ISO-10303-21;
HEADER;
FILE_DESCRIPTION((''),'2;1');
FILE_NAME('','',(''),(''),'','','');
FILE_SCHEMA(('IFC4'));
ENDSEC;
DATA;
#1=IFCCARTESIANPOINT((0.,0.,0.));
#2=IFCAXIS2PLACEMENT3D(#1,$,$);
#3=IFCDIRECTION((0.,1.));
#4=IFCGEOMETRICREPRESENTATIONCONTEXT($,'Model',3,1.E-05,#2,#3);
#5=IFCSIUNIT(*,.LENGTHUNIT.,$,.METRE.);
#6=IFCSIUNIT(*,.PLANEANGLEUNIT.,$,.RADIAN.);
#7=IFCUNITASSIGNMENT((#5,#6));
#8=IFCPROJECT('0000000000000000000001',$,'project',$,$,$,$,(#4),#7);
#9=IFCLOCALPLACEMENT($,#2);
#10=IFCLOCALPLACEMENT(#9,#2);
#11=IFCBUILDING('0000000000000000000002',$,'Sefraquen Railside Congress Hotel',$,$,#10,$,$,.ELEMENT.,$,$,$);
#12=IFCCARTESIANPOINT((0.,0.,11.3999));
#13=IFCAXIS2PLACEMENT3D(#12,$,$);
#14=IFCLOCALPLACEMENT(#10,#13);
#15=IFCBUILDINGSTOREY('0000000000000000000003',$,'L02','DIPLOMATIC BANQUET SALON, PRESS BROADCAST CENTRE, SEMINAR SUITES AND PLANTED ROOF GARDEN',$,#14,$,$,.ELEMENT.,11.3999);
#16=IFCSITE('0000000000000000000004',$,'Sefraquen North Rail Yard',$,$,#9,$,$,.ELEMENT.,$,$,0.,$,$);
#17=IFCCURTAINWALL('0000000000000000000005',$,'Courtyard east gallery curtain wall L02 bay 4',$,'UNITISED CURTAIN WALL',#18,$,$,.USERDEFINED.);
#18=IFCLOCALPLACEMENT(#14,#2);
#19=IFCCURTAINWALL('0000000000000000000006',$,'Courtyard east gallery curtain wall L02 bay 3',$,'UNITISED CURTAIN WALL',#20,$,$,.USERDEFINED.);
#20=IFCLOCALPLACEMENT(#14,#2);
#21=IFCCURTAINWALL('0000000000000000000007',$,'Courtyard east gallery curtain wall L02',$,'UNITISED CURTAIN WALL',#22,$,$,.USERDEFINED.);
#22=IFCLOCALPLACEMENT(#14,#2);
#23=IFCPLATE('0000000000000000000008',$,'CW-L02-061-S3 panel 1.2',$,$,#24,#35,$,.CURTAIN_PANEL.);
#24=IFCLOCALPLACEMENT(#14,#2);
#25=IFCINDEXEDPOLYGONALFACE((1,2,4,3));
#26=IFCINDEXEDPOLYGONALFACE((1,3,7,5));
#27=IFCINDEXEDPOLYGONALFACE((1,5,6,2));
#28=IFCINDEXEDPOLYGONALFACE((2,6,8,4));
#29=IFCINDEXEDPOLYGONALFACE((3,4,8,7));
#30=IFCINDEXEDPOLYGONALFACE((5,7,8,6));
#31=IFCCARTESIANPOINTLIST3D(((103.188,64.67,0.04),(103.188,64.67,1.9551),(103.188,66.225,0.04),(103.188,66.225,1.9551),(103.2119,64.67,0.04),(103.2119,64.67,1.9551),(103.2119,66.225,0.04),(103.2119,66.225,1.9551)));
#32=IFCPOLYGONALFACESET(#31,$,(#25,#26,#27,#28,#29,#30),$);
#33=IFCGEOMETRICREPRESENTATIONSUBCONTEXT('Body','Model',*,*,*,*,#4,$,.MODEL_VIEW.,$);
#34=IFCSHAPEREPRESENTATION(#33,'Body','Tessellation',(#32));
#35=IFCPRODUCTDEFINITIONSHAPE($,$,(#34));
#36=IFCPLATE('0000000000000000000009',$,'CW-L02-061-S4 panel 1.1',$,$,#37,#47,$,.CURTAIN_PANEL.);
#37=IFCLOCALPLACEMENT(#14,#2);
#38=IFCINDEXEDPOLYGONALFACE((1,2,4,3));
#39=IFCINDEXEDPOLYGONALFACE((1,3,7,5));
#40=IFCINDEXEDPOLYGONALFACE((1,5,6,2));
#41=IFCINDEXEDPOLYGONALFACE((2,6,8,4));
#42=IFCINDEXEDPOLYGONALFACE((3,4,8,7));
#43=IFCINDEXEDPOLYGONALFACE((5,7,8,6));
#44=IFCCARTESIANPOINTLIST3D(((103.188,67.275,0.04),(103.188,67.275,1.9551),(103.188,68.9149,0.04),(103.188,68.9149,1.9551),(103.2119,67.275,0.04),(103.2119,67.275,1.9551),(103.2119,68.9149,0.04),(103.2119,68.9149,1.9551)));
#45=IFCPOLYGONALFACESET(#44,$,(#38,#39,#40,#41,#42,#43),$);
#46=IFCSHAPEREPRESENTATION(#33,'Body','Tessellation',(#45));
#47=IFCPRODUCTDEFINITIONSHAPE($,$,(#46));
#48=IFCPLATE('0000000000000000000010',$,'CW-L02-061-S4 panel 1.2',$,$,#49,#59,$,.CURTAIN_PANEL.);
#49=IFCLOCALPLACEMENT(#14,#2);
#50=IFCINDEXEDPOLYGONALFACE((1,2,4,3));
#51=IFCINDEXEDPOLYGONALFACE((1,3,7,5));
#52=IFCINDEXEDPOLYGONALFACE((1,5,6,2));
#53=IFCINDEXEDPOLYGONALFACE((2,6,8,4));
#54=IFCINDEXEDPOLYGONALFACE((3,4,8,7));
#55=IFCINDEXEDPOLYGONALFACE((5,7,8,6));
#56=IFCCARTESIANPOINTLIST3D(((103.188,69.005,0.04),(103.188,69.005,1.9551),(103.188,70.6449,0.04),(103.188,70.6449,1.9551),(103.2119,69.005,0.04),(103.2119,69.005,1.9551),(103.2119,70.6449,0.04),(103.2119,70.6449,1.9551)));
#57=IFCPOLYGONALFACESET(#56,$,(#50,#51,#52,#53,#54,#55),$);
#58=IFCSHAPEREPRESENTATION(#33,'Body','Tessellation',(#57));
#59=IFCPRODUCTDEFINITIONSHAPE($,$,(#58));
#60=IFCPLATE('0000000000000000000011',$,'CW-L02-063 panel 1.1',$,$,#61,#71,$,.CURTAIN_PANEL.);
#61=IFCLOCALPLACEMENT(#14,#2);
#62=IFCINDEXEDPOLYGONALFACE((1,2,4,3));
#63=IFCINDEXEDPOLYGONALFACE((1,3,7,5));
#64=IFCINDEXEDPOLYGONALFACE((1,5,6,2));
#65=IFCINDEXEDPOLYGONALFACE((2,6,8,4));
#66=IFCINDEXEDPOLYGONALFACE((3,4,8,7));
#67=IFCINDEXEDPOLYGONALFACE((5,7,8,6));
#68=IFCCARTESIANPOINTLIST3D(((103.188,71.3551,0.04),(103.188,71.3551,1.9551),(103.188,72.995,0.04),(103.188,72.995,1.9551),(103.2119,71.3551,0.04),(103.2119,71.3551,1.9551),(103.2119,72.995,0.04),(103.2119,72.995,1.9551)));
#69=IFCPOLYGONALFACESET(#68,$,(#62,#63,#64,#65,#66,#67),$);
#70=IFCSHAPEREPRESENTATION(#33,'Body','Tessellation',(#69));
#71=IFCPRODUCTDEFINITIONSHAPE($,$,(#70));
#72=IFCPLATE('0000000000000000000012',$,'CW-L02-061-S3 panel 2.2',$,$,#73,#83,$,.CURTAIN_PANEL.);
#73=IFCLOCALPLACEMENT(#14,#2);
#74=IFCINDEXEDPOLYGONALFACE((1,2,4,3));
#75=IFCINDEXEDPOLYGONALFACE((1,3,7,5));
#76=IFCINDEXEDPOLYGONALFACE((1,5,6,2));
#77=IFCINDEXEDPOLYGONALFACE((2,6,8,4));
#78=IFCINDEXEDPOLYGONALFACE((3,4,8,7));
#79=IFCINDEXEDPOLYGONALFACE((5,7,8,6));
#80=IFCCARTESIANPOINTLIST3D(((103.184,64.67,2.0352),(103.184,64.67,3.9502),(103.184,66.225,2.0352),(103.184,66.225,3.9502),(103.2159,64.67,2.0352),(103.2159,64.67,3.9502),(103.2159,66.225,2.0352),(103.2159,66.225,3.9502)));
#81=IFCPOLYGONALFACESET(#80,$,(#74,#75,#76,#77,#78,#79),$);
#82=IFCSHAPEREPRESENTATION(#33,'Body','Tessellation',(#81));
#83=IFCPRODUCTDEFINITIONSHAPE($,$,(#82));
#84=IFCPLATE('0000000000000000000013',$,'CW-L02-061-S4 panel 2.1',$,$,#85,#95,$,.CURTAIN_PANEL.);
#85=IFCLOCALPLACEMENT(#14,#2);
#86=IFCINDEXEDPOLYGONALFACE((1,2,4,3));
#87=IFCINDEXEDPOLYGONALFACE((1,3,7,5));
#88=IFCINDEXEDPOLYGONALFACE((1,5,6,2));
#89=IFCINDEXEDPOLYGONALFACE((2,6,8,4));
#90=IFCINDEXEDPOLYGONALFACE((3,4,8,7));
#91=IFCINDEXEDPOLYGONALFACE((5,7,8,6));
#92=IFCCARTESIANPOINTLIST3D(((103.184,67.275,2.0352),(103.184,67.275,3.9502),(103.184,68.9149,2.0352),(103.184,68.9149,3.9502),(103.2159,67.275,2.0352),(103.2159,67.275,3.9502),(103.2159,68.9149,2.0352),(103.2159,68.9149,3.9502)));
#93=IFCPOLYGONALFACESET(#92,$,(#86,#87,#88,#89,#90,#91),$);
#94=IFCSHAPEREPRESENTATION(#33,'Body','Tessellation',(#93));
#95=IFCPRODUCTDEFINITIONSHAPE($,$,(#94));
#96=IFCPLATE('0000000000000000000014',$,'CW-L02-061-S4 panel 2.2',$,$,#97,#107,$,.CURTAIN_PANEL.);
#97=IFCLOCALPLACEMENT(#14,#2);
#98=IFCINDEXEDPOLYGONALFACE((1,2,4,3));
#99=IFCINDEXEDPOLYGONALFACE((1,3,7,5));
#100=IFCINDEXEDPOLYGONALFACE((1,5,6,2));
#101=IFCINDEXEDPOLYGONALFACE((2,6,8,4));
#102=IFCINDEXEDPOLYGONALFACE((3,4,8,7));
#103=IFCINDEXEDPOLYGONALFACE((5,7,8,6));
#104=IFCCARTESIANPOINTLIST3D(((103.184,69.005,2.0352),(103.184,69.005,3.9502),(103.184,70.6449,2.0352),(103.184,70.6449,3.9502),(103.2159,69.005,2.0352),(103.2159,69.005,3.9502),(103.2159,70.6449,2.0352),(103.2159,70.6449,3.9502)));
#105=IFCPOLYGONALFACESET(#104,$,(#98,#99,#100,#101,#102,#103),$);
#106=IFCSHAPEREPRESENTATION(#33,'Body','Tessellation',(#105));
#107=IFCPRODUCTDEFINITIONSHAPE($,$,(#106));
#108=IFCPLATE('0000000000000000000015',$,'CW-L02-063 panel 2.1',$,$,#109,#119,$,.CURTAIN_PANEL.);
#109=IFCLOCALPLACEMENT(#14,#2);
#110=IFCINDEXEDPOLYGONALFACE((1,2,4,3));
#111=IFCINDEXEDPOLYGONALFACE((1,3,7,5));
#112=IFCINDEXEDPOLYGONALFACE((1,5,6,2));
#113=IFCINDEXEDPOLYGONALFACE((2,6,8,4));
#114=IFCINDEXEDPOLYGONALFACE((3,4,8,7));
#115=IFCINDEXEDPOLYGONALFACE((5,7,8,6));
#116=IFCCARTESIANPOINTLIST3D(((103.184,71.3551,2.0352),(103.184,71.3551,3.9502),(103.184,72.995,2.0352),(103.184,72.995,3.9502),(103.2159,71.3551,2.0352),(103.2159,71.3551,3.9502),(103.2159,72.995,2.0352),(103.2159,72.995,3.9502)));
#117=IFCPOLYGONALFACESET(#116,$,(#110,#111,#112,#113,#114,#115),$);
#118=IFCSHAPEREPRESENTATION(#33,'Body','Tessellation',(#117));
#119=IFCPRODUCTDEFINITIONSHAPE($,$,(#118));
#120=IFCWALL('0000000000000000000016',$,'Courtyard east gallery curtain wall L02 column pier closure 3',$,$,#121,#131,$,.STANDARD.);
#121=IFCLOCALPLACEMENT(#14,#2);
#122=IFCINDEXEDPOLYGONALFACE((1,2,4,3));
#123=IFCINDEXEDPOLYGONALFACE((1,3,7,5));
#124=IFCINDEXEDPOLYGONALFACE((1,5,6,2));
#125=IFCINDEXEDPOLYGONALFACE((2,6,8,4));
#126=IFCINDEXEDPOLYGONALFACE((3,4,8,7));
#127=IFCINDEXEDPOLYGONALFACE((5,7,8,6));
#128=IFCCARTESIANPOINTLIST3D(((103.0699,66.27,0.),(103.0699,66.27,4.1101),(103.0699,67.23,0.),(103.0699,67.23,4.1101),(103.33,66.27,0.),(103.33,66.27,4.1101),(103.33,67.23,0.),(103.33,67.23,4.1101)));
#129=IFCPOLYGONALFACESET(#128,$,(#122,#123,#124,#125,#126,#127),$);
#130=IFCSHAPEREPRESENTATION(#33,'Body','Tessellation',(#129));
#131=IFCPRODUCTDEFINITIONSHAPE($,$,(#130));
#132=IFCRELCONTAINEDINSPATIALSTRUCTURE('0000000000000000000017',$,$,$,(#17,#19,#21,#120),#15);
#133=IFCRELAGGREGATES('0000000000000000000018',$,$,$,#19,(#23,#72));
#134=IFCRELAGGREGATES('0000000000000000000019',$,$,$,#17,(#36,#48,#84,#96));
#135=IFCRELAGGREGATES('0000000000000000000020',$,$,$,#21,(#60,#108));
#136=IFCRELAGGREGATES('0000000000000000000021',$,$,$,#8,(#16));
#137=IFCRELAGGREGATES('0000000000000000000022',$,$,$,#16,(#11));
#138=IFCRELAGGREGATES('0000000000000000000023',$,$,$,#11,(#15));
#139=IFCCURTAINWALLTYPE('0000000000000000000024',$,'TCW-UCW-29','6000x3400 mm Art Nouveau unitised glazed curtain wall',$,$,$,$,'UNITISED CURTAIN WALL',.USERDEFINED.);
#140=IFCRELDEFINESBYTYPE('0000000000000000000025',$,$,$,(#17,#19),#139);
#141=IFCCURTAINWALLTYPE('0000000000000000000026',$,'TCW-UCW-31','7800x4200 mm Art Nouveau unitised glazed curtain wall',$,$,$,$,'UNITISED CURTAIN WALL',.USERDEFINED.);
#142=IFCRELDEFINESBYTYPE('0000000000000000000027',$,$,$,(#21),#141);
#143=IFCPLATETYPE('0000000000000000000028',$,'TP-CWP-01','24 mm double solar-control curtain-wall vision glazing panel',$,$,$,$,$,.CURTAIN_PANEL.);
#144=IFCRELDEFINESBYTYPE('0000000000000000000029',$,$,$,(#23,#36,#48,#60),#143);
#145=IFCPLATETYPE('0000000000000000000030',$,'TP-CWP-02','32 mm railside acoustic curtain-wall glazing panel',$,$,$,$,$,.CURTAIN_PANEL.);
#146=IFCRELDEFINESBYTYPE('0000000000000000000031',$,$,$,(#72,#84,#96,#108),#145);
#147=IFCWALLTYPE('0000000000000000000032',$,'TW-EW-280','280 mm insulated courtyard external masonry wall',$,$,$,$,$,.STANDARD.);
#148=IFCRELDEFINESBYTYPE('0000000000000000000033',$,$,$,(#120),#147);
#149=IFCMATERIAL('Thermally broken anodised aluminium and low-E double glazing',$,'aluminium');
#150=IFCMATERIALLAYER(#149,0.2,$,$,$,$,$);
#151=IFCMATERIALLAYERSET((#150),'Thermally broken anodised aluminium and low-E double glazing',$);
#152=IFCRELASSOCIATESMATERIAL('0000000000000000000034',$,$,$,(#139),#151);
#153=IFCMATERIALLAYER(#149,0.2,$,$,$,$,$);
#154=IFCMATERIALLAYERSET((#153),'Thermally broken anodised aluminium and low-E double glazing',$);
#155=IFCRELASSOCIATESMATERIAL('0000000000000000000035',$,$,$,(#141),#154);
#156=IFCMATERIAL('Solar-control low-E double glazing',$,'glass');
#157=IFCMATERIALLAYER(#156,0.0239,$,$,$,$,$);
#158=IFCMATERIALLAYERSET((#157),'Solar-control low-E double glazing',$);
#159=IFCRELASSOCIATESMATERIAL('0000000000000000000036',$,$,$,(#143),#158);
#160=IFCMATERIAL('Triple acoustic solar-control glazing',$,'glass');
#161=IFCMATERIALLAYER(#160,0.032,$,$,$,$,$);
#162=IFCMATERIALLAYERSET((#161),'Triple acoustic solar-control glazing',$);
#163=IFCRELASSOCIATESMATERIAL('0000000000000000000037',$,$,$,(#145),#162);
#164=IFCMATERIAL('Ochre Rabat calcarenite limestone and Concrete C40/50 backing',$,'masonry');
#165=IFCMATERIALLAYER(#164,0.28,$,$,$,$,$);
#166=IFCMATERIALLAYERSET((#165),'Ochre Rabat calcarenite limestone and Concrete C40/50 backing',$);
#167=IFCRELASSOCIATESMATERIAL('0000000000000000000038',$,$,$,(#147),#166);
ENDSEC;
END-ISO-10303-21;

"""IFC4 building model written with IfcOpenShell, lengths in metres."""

from ifc_helpers import new_model, si_unit, direction, frame, frame_2d, origin, origin_2d, place, context, subcontext, project, spatial, rectangle, extrude, material, layer, layer_set, type_object, element, aggregate, save


model = new_model("IFC4")

# Units and contexts
model_context = context("Model", 3, precision=1e-05, world=origin(), true_north=direction((0.0, 1.0)))
body_context = subcontext(model_context, "Body", "Model", "MODEL_VIEW")
ifc_project = project(units=[si_unit("LENGTHUNIT", "METRE"), si_unit("PLANEANGLEUNIT", "RADIAN")], contexts=[model_context])

# Site, building, storey
site_placement = place(None, origin())
site = spatial("IfcSite", under=ifc_project, at=site_placement, Name="Sefraquen North Rail Yard", CompositionType="ELEMENT", RefElevation=0.0)
building_placement = place(site_placement, origin())
building = spatial("IfcBuilding", under=site, at=building_placement, Name="Sefraquen Railside Congress Hotel", CompositionType="ELEMENT")
storey_placement = place(building_placement, frame((0.0, 0.0, 11.3999)))
storey = spatial("IfcBuildingStorey", under=building, at=storey_placement, Name="L02", Description="DIPLOMATIC BANQUET SALON, PRESS BROADCAST CENTRE, SEMINAR SUITES AND PLANTED ROOF GARDEN", CompositionType="ELEMENT", Elevation=11.3999)

# Curtain walls
ifc_material_1 = material(Name="Thermally broken anodised aluminium and low-E double glazing", Category="aluminium")
ifc_layer_1 = layer(ifc_material_1, 0.2)
ifc_layer_set_1 = layer_set([ifc_layer_1], Name="Thermally broken anodised aluminium and low-E double glazing")
curtain_wall_type_1 = type_object("IfcCurtainWallType", Name="TCW-UCW-29", Description="6000x3400 mm Art Nouveau unitised glazed curtain wall", ElementType="UNITISED CURTAIN WALL", PredefinedType="USERDEFINED", material=ifc_layer_set_1)
curtain_wall_1_placement = place(storey_placement, origin())
curtain_wall_1 = element("IfcCurtainWall", 1, at=curtain_wall_1_placement, inside=storey, type_object=curtain_wall_type_1, Name="Courtyard east gallery curtain wall L02 bay 4", ObjectType="UNITISED CURTAIN WALL", PredefinedType="USERDEFINED")
curtain_wall_2_placement = place(storey_placement, origin())
curtain_wall_2 = element("IfcCurtainWall", 2, at=curtain_wall_2_placement, inside=storey, type_object=curtain_wall_type_1, Name="Courtyard east gallery curtain wall L02 bay 3", ObjectType="UNITISED CURTAIN WALL", PredefinedType="USERDEFINED")

# Curtain wall
ifc_layer_2 = layer(ifc_material_1, 0.2)
ifc_layer_set_2 = layer_set([ifc_layer_2], Name="Thermally broken anodised aluminium and low-E double glazing")
curtain_wall_type_2 = type_object("IfcCurtainWallType", Name="TCW-UCW-31", Description="7800x4200 mm Art Nouveau unitised glazed curtain wall", ElementType="UNITISED CURTAIN WALL", PredefinedType="USERDEFINED", material=ifc_layer_set_2)
curtain_wall_3_placement = place(storey_placement, origin())
curtain_wall_3 = element("IfcCurtainWall", 3, at=curtain_wall_3_placement, inside=storey, type_object=curtain_wall_type_2, Name="Courtyard east gallery curtain wall L02", ObjectType="UNITISED CURTAIN WALL", PredefinedType="USERDEFINED")

# Plates
ifc_material_2 = material(Name="Solar-control low-E double glazing", Category="glass")
ifc_layer_3 = layer(ifc_material_2, 0.0239)
ifc_layer_set_3 = layer_set([ifc_layer_3], Name="Solar-control low-E double glazing")
plate_type_1 = type_object("IfcPlateType", Name="TP-CWP-01", Description="24 mm double solar-control curtain-wall vision glazing panel", PredefinedType="CURTAIN_PANEL", material=ifc_layer_set_3)
plate_1_placement = place(storey_placement, frame((103.2, 65.4475, 0.04), z_axis=(0.0, 0.0, 1.0), x_axis=(0.0, 1.0, 0.0)))
plate_1 = element("IfcPlate", 4, at=plate_1_placement, type_object=plate_type_1, Name="CW-L02-061-S3 panel 1.2", PredefinedType="CURTAIN_PANEL", context=body_context, shape_type="SweptSolid", body=[
    extrude(rectangle(XDim=1.5549, YDim=0.0239, at=origin_2d()), origin(), (0.0, 0.0, 1.0), 1.915),
])
plate_2_placement = place(storey_placement, frame((103.2, 68.095, 0.04), z_axis=(0.0, 0.0, 1.0), x_axis=(0.0, 1.0, 0.0)))
plate_2 = element("IfcPlate", 5, at=plate_2_placement, type_object=plate_type_1, Name="CW-L02-061-S4 panel 1.1", PredefinedType="CURTAIN_PANEL", context=body_context, shape_type="SweptSolid", body=[
    extrude(rectangle(XDim=1.6399, YDim=0.0239, at=origin_2d()), origin(), (0.0, 0.0, 1.0), 1.915),
])
plate_3_placement = place(storey_placement, frame((103.2, 69.825, 0.04), z_axis=(0.0, 0.0, 1.0), x_axis=(0.0, 1.0, 0.0)))
plate_3 = element("IfcPlate", 6, at=plate_3_placement, type_object=plate_type_1, Name="CW-L02-061-S4 panel 1.2", PredefinedType="CURTAIN_PANEL", context=body_context, shape_type="SweptSolid", body=[
    extrude(rectangle(XDim=1.6399, YDim=0.0239, at=origin_2d()), origin(), (0.0, 0.0, 1.0), 1.915),
])
plate_4_placement = place(storey_placement, frame((103.2, 72.175, 0.04), z_axis=(0.0, 0.0, 1.0), x_axis=(0.0, 1.0, 0.0)))
plate_4 = element("IfcPlate", 7, at=plate_4_placement, type_object=plate_type_1, Name="CW-L02-063 panel 1.1", PredefinedType="CURTAIN_PANEL", context=body_context, shape_type="SweptSolid", body=[
    extrude(rectangle(XDim=1.6399, YDim=0.0239, at=origin_2d()), origin(), (0.0, 0.0, 1.0), 1.915),
])
ifc_material_3 = material(Name="Triple acoustic solar-control glazing", Category="glass")
ifc_layer_4 = layer(ifc_material_3, 0.032)
ifc_layer_set_4 = layer_set([ifc_layer_4], Name="Triple acoustic solar-control glazing")
plate_type_2 = type_object("IfcPlateType", Name="TP-CWP-02", Description="32 mm railside acoustic curtain-wall glazing panel", PredefinedType="CURTAIN_PANEL", material=ifc_layer_set_4)
plate_5_placement = place(storey_placement, frame((103.2, 65.4475, 2.0352), z_axis=(0.0, 0.0, 1.0), x_axis=(0.0, 1.0, 0.0)))
plate_5 = element("IfcPlate", 8, at=plate_5_placement, type_object=plate_type_2, Name="CW-L02-061-S3 panel 2.2", PredefinedType="CURTAIN_PANEL", context=body_context, shape_type="SweptSolid", body=[
    extrude(rectangle(XDim=1.5549, YDim=0.032, at=origin_2d()), origin(), (0.0, 0.0, 1.0), 1.915),
])
aggregate(curtain_wall_2, [plate_1, plate_5])
plate_6_placement = place(storey_placement, frame((103.2, 68.095, 2.0352), z_axis=(0.0, 0.0, 1.0), x_axis=(0.0, 1.0, 0.0)))
plate_6 = element("IfcPlate", 9, at=plate_6_placement, type_object=plate_type_2, Name="CW-L02-061-S4 panel 2.1", PredefinedType="CURTAIN_PANEL", context=body_context, shape_type="SweptSolid", body=[
    extrude(rectangle(XDim=1.6399, YDim=0.032, at=origin_2d()), origin(), (0.0, 0.0, 1.0), 1.915),
])
plate_7_placement = place(storey_placement, frame((103.2, 69.825, 2.0352), z_axis=(0.0, 0.0, 1.0), x_axis=(0.0, 1.0, 0.0)))
plate_7 = element("IfcPlate", 10, at=plate_7_placement, type_object=plate_type_2, Name="CW-L02-061-S4 panel 2.2", PredefinedType="CURTAIN_PANEL", context=body_context, shape_type="SweptSolid", body=[
    extrude(rectangle(XDim=1.6399, YDim=0.032, at=origin_2d()), origin(), (0.0, 0.0, 1.0), 1.915),
])
aggregate(curtain_wall_1, [plate_2, plate_3, plate_6, plate_7])
plate_8_placement = place(storey_placement, frame((103.2, 72.175, 2.0352), z_axis=(0.0, 0.0, 1.0), x_axis=(0.0, 1.0, 0.0)))
plate_8 = element("IfcPlate", 11, at=plate_8_placement, type_object=plate_type_2, Name="CW-L02-063 panel 2.1", PredefinedType="CURTAIN_PANEL", context=body_context, shape_type="SweptSolid", body=[
    extrude(rectangle(XDim=1.6399, YDim=0.032, at=origin_2d()), origin(), (0.0, 0.0, 1.0), 1.915),
])
aggregate(curtain_wall_3, [plate_4, plate_8])

# Wall
ifc_material_4 = material(Name="Ochre Rabat calcarenite limestone and Concrete C40/50 backing", Category="masonry")
ifc_layer_5 = layer(ifc_material_4, 0.28)
ifc_layer_set_5 = layer_set([ifc_layer_5], Name="Ochre Rabat calcarenite limestone and Concrete C40/50 backing")
wall_type = type_object("IfcWallType", Name="TW-EW-280", Description="280 mm insulated courtyard external masonry wall", PredefinedType="STANDARD", material=ifc_layer_set_5)
wall_placement = place(storey_placement, frame((103.2, 66.27, 0.0), z_axis=(0.0, 0.0, 1.0), x_axis=(0.0, 1.0, 0.0)))
element("IfcWall", 12, at=wall_placement, inside=storey, type_object=wall_type, Name="Courtyard east gallery curtain wall L02 column pier closure 3", PredefinedType="STANDARD", context=body_context, shape_type="SweptSolid", body=[
    extrude(rectangle(XDim=0.96, YDim=0.26, at=frame_2d((0.48, 0.0))), origin(), (0.0, 0.0, 1.0), 4.1101),
])

save(model, "model.ifc")
